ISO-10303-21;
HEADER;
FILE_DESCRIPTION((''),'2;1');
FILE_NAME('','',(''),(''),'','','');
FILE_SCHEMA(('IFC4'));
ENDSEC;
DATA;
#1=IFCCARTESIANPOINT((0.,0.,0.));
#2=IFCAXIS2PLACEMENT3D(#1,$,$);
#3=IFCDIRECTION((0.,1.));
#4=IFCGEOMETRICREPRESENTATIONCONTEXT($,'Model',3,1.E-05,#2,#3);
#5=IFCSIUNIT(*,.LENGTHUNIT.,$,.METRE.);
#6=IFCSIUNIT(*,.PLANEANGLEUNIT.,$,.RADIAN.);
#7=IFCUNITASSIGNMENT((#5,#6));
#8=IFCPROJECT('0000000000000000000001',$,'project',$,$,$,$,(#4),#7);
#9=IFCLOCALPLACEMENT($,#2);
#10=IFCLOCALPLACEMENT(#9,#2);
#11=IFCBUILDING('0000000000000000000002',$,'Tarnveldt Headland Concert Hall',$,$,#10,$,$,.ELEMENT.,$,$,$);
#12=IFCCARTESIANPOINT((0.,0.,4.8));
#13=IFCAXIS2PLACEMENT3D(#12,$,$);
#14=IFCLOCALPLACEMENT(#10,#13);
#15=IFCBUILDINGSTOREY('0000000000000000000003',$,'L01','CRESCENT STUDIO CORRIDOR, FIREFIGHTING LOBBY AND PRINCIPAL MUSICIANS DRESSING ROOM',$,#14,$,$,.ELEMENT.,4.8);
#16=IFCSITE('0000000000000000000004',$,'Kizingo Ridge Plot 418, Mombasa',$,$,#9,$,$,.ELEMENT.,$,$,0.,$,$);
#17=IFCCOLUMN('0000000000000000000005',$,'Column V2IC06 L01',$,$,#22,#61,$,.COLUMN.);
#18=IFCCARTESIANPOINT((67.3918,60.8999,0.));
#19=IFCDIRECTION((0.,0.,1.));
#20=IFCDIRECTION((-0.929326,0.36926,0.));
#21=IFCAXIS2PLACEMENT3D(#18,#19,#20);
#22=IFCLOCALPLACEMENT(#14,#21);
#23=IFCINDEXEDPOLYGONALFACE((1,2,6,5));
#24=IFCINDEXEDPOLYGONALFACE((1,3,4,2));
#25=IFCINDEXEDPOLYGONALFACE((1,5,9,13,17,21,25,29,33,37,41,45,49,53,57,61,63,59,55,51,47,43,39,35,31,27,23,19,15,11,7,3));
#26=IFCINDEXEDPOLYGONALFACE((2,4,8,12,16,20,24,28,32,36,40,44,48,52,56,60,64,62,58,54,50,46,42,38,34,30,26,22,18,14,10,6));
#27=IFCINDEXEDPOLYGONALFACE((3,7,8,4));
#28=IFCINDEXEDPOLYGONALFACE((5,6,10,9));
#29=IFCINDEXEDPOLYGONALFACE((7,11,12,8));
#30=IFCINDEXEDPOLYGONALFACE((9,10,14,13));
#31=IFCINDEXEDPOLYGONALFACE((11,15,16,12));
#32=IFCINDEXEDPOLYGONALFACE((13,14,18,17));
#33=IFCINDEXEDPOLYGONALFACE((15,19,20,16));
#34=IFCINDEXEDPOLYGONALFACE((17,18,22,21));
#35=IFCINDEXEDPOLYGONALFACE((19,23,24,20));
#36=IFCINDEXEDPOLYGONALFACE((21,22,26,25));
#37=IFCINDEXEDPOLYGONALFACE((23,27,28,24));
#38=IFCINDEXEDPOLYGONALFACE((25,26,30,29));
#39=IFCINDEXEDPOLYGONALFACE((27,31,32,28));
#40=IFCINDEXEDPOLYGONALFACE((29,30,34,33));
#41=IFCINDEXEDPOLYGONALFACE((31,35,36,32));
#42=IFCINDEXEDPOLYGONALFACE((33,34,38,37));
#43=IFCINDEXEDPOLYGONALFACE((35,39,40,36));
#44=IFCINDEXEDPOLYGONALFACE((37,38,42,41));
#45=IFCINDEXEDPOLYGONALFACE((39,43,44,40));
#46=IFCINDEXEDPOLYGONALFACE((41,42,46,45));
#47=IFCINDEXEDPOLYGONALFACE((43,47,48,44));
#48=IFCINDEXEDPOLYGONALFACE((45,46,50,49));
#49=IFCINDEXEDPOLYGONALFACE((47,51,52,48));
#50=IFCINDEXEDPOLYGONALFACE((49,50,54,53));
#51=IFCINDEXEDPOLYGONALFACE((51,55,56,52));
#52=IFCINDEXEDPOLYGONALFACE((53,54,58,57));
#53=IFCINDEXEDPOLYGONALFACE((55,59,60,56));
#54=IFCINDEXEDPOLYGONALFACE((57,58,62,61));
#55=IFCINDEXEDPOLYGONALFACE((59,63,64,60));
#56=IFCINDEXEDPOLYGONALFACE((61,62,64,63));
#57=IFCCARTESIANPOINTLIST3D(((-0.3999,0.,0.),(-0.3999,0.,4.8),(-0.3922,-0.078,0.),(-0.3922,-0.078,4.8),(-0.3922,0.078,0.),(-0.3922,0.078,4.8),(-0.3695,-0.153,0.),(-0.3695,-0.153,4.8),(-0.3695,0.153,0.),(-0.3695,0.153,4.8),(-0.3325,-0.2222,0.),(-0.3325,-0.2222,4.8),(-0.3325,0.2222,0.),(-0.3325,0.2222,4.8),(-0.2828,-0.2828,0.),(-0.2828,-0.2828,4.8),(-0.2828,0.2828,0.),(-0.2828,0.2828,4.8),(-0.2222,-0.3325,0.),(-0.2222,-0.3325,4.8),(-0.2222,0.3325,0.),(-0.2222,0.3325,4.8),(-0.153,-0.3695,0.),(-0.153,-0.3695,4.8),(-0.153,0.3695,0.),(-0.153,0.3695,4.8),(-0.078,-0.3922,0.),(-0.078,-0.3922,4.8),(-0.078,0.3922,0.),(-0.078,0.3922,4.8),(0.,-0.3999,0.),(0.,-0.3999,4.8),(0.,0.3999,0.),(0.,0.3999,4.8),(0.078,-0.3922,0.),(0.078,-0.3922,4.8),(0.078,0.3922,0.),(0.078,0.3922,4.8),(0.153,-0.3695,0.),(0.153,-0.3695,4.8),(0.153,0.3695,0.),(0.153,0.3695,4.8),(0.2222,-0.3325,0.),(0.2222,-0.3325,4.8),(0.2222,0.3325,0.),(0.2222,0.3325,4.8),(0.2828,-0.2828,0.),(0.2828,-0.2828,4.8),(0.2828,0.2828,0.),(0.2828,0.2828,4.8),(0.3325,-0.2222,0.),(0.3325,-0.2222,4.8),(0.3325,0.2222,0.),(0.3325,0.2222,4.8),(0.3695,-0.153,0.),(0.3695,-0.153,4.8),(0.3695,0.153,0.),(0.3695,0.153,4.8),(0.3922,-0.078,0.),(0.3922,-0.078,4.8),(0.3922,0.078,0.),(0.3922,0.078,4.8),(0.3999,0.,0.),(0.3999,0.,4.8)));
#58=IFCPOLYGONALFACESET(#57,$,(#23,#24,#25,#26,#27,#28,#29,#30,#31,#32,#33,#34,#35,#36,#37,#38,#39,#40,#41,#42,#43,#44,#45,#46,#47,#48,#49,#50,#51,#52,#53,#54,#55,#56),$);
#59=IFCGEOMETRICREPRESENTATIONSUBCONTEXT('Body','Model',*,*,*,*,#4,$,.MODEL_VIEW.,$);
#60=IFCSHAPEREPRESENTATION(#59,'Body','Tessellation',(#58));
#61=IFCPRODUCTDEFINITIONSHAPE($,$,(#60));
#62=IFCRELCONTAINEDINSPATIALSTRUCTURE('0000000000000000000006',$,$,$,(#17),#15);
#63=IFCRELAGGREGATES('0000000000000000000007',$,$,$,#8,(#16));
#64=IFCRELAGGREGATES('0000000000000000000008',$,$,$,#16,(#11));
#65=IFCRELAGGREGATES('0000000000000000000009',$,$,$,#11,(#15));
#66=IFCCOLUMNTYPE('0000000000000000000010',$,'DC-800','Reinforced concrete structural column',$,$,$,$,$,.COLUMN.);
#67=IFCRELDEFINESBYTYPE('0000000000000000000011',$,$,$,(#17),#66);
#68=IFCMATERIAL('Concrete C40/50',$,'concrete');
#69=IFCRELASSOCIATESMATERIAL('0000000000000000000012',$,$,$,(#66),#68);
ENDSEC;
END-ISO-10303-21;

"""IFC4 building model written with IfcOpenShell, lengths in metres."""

from ifc_helpers import new_model, si_unit, direction, frame, origin, origin_2d, place, context, subcontext, project, spatial, circle, extrude, material, material_profile, profile_set, type_object, element, save


model = new_model("IFC4")

# Units and contexts
model_context = context("Model", 3, precision=1e-05, world=origin(), true_north=direction((0.0, 1.0)))
body_context = subcontext(model_context, "Body", "Model", "MODEL_VIEW")
ifc_project = project(units=[si_unit("LENGTHUNIT", "METRE"), si_unit("PLANEANGLEUNIT", "RADIAN")], contexts=[model_context])

# Site, building, storey
site_placement = place(None, origin())
site = spatial("IfcSite", under=ifc_project, at=site_placement, Name="Kizingo Ridge Plot 418, Mombasa", CompositionType="ELEMENT", RefElevation=0.0)
building_placement = place(site_placement, origin())
building = spatial("IfcBuilding", under=site, at=building_placement, Name="Tarnveldt Headland Concert Hall", CompositionType="ELEMENT")
storey_placement = place(building_placement, frame((0.0, 0.0, 4.8)))
storey = spatial("IfcBuildingStorey", under=building, at=storey_placement, Name="L01", Description="CRESCENT STUDIO CORRIDOR, FIREFIGHTING LOBBY AND PRINCIPAL MUSICIANS DRESSING ROOM", CompositionType="ELEMENT", Elevation=4.8)

# Column
ifc_material_1 = material(Name="Concrete C40/50", Category="concrete")
ifc_material_profile_1 = material_profile(ifc_material_1, circle(Radius=0.3999, at=origin_2d()), Name="RC D800", Category="concrete")
ifc_profile_set_1 = profile_set([ifc_material_profile_1], Name="Concrete C40/50")
column_type = type_object("IfcColumnType", Name="DC-800", Description="Reinforced concrete structural column", PredefinedType="COLUMN", material=ifc_profile_set_1)
column_placement = place(storey_placement, frame((67.3918, 60.8999, 0.0), z_axis=(0.0, 0.0, 1.0), x_axis=(-0.929326, 0.36926, 0.0)))
element("IfcColumn", 1, at=column_placement, inside=storey, type_object=column_type, Name="Column V2IC06 L01", PredefinedType="COLUMN", context=body_context, shape_type="SweptSolid", body=[
    extrude(circle(Radius=0.3999, at=origin_2d()), origin(), (0.0, 0.0, 1.0), 4.8),
])

save(model, "model.ifc")
